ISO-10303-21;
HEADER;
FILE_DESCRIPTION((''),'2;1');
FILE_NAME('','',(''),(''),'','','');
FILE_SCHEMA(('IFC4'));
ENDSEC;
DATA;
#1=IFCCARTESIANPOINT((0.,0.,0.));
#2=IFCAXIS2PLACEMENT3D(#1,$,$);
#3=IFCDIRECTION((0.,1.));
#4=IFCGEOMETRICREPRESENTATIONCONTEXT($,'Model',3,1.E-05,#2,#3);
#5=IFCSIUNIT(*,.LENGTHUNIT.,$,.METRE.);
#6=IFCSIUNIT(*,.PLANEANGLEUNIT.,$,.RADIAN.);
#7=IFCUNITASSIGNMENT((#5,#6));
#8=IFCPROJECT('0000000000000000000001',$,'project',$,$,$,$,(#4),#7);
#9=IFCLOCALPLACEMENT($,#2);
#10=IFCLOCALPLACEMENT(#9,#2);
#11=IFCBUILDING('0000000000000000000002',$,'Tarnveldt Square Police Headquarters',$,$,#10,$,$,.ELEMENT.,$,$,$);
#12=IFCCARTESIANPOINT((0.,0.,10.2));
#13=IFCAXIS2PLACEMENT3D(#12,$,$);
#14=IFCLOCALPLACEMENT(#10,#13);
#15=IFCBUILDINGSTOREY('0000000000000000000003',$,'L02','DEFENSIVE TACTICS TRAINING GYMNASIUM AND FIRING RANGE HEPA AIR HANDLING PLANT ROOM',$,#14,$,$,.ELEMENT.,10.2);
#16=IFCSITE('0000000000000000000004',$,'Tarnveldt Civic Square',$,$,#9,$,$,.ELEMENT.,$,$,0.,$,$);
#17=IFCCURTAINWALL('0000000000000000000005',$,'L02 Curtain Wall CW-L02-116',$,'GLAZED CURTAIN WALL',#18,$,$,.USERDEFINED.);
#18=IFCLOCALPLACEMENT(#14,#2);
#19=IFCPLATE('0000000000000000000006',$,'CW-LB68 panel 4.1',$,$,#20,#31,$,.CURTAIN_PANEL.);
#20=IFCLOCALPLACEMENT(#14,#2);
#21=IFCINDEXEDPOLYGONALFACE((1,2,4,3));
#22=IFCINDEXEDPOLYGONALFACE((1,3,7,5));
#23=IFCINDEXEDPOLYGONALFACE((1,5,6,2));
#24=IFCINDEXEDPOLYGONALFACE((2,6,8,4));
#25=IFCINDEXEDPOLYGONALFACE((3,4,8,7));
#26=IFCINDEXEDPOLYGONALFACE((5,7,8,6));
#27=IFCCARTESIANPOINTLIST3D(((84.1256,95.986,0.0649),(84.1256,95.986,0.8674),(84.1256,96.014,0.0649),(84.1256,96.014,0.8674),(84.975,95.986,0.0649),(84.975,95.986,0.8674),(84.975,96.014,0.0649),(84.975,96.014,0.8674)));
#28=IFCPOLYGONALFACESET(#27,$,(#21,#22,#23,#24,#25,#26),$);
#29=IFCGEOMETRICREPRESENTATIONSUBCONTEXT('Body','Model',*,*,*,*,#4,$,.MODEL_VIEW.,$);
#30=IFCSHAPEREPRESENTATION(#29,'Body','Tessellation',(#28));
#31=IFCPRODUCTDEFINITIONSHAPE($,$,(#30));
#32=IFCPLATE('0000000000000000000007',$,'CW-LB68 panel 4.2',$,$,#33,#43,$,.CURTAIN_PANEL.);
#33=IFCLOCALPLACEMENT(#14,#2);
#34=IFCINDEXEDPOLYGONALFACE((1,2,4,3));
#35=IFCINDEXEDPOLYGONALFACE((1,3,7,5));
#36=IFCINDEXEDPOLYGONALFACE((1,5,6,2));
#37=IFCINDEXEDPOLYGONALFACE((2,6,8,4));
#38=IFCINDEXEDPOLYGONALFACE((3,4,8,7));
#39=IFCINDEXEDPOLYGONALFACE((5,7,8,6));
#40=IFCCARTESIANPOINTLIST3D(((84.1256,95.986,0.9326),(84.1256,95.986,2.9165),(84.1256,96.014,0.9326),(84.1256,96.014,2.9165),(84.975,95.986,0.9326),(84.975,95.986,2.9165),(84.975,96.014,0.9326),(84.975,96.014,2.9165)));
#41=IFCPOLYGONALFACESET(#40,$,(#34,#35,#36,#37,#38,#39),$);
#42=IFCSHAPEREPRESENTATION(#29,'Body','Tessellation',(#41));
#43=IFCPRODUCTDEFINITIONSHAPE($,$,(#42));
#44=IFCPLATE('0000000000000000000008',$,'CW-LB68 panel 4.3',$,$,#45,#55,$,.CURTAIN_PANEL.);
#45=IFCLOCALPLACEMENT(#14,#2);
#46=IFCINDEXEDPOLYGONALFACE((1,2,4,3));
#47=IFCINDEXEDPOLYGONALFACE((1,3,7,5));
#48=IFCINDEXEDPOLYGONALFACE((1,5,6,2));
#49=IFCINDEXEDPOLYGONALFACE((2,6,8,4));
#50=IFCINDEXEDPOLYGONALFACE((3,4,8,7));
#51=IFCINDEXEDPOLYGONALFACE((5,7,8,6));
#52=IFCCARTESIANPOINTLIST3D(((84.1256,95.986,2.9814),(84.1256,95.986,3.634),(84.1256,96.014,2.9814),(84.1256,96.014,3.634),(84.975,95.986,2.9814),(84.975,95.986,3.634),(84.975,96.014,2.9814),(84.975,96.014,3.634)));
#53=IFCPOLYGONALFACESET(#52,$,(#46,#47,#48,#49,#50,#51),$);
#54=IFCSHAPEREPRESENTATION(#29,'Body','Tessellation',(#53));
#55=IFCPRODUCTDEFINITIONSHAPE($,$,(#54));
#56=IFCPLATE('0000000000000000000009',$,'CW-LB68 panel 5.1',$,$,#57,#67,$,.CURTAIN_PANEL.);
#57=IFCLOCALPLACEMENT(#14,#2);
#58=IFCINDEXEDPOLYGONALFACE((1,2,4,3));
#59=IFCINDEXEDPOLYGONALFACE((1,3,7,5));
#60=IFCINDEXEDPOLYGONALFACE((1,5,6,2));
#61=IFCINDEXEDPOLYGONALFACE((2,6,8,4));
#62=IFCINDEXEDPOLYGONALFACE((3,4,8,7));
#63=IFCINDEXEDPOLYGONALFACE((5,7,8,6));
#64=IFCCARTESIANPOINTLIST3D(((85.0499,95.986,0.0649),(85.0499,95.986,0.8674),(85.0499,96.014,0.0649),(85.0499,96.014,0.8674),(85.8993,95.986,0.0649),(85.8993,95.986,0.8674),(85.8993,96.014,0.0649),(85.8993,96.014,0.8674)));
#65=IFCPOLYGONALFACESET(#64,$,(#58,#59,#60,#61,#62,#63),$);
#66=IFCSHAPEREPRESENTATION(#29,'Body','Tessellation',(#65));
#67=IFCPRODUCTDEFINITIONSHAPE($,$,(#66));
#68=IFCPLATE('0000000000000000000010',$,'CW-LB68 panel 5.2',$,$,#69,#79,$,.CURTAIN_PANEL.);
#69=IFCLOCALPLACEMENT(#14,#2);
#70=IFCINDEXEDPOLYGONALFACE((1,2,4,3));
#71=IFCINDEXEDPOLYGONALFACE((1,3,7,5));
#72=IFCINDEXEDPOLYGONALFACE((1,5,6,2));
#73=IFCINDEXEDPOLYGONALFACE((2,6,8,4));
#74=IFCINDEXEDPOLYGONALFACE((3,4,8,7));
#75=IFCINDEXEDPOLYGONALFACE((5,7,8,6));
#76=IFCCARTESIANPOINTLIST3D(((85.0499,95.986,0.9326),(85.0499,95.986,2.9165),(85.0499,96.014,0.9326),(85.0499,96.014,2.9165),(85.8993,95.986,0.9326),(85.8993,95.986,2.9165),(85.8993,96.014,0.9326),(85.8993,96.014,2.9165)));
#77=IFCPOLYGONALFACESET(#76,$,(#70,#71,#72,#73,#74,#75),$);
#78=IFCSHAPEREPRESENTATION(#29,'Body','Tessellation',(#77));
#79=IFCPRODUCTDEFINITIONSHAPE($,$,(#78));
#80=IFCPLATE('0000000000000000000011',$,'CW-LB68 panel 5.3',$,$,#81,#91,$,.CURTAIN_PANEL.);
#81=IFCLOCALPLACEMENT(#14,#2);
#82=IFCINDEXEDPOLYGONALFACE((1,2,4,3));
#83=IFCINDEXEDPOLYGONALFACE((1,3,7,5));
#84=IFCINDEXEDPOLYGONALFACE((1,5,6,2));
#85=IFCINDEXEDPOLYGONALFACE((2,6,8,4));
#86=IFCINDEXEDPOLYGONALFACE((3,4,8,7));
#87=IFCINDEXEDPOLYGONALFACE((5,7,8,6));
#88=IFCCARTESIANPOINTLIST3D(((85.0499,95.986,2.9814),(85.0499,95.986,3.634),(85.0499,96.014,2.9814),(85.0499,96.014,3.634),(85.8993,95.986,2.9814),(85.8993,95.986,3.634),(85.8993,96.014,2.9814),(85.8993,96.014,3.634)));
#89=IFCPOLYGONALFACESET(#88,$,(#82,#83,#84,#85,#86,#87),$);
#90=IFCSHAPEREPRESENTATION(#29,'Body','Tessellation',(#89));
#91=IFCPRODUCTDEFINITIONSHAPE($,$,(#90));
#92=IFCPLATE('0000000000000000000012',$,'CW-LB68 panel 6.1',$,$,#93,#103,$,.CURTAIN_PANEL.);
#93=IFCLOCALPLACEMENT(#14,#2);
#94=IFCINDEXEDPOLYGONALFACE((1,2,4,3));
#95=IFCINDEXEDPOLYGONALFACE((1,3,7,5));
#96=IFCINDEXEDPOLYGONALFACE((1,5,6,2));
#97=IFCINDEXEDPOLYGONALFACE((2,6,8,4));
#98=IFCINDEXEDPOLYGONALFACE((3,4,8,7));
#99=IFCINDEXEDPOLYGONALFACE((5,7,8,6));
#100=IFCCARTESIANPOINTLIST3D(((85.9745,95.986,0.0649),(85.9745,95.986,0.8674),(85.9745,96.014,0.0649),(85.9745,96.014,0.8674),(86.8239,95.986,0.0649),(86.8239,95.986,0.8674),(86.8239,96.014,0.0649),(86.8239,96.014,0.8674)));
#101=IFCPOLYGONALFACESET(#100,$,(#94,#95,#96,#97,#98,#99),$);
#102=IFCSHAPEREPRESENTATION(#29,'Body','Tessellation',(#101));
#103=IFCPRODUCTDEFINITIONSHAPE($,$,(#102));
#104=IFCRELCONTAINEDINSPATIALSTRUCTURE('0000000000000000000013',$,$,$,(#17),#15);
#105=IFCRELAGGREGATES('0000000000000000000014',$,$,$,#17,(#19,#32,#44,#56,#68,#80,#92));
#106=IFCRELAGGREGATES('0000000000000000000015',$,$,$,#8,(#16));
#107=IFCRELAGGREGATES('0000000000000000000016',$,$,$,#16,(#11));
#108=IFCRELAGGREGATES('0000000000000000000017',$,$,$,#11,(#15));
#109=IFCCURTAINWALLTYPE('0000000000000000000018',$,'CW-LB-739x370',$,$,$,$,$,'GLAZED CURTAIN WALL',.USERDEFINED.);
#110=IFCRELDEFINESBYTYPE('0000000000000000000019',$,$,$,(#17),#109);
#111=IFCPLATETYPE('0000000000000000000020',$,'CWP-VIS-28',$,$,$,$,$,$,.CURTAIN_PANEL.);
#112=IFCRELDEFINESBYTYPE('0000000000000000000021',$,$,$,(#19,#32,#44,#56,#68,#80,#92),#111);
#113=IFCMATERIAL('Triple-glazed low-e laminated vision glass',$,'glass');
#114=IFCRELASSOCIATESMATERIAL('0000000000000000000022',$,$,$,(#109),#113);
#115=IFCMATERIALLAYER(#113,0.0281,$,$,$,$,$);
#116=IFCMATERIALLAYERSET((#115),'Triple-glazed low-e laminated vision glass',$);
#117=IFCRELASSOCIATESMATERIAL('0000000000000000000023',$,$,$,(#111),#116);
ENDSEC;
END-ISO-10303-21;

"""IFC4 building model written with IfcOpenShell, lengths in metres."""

from ifc_helpers import new_model, si_unit, direction, frame, origin, origin_2d, place, context, subcontext, project, spatial, rectangle, extrude, material, layer, layer_set, type_object, element, aggregate, save


model = new_model("IFC4")

# Units and contexts
model_context = context("Model", 3, precision=1e-05, world=origin(), true_north=direction((0.0, 1.0)))
body_context = subcontext(model_context, "Body", "Model", "MODEL_VIEW")
ifc_project = project(units=[si_unit("LENGTHUNIT", "METRE"), si_unit("PLANEANGLEUNIT", "RADIAN")], contexts=[model_context])

# Site, building, storey
site_placement = place(None, origin())
site = spatial("IfcSite", under=ifc_project, at=site_placement, Name="Tarnveldt Civic Square", CompositionType="ELEMENT", RefElevation=0.0)
building_placement = place(site_placement, origin())
building = spatial("IfcBuilding", under=site, at=building_placement, Name="Tarnveldt Square Police Headquarters", CompositionType="ELEMENT")
storey_placement = place(building_placement, frame((0.0, 0.0, 10.2)))
storey = spatial("IfcBuildingStorey", under=building, at=storey_placement, Name="L02", Description="DEFENSIVE TACTICS TRAINING GYMNASIUM AND FIRING RANGE HEPA AIR HANDLING PLANT ROOM", CompositionType="ELEMENT", Elevation=10.2)

# Curtain wall, plates
ifc_material_1 = material(Name="Triple-glazed low-e laminated vision glass", Category="glass")
curtain_wall_type = type_object("IfcCurtainWallType", Name="CW-LB-739x370", ElementType="GLAZED CURTAIN WALL", PredefinedType="USERDEFINED", material=ifc_material_1)
curtain_wall_placement = place(storey_placement, origin())
curtain_wall = element("IfcCurtainWall", 1, at=curtain_wall_placement, inside=storey, type_object=curtain_wall_type, Name="L02 Curtain Wall CW-L02-116", ObjectType="GLAZED CURTAIN WALL", PredefinedType="USERDEFINED")
ifc_layer = layer(ifc_material_1, 0.0281)
ifc_layer_set = layer_set([ifc_layer], Name="Triple-glazed low-e laminated vision glass")
plate_type = type_object("IfcPlateType", Name="CWP-VIS-28", PredefinedType="CURTAIN_PANEL", material=ifc_layer_set)
plate_1_placement = place(storey_placement, frame((84.5503, 96.0, 0.0649), z_axis=(0.0, 0.0, 1.0), x_axis=(1.0, 0.0, 0.0)))
plate_1 = element("IfcPlate", 2, at=plate_1_placement, type_object=plate_type, Name="CW-LB68 panel 4.1", PredefinedType="CURTAIN_PANEL", context=body_context, shape_type="SweptSolid", body=[
    extrude(rectangle(XDim=0.8494, YDim=0.0281, at=origin_2d()), origin(), (0.0, 0.0, 1.0), 0.8025),
])
plate_2_placement = place(storey_placement, frame((84.5503, 96.0, 0.9326), z_axis=(0.0, 0.0, 1.0), x_axis=(1.0, 0.0, 0.0)))
plate_2 = element("IfcPlate", 3, at=plate_2_placement, type_object=plate_type, Name="CW-LB68 panel 4.2", PredefinedType="CURTAIN_PANEL", context=body_context, shape_type="SweptSolid", body=[
    extrude(rectangle(XDim=0.8494, YDim=0.0281, at=origin_2d()), origin(), (0.0, 0.0, 1.0), 1.9839),
])
plate_3_placement = place(storey_placement, frame((84.5503, 96.0, 2.9814), z_axis=(0.0, 0.0, 1.0), x_axis=(1.0, 0.0, 0.0)))
plate_3 = element("IfcPlate", 4, at=plate_3_placement, type_object=plate_type, Name="CW-LB68 panel 4.3", PredefinedType="CURTAIN_PANEL", context=body_context, shape_type="SweptSolid", body=[
    extrude(rectangle(XDim=0.8494, YDim=0.0281, at=origin_2d()), origin(), (0.0, 0.0, 1.0), 0.6526),
])
plate_4_placement = place(storey_placement, frame((85.4746, 96.0, 0.0649), z_axis=(0.0, 0.0, 1.0), x_axis=(1.0, 0.0, 0.0)))
plate_4 = element("IfcPlate", 5, at=plate_4_placement, type_object=plate_type, Name="CW-LB68 panel 5.1", PredefinedType="CURTAIN_PANEL", context=body_context, shape_type="SweptSolid", body=[
    extrude(rectangle(XDim=0.8494, YDim=0.0281, at=origin_2d()), origin(), (0.0, 0.0, 1.0), 0.8025),
])
plate_5_placement = place(storey_placement, frame((85.4746, 96.0, 0.9326), z_axis=(0.0, 0.0, 1.0), x_axis=(1.0, 0.0, 0.0)))
plate_5 = element("IfcPlate", 6, at=plate_5_placement, type_object=plate_type, Name="CW-LB68 panel 5.2", PredefinedType="CURTAIN_PANEL", context=body_context, shape_type="SweptSolid", body=[
    extrude(rectangle(XDim=0.8494, YDim=0.0281, at=origin_2d()), origin(), (0.0, 0.0, 1.0), 1.9839),
])
plate_6_placement = place(storey_placement, frame((85.4746, 96.0, 2.9814), z_axis=(0.0, 0.0, 1.0), x_axis=(1.0, 0.0, 0.0)))
plate_6 = element("IfcPlate", 7, at=plate_6_placement, type_object=plate_type, Name="CW-LB68 panel 5.3", PredefinedType="CURTAIN_PANEL", context=body_context, shape_type="SweptSolid", body=[
    extrude(rectangle(XDim=0.8494, YDim=0.0281, at=origin_2d()), origin(), (0.0, 0.0, 1.0), 0.6526),
])
plate_7_placement = place(storey_placement, frame((86.3992, 96.0, 0.0649), z_axis=(0.0, 0.0, 1.0), x_axis=(1.0, 0.0, 0.0)))
plate_7 = element("IfcPlate", 8, at=plate_7_placement, type_object=plate_type, Name="CW-LB68 panel 6.1", PredefinedType="CURTAIN_PANEL", context=body_context, shape_type="SweptSolid", body=[
    extrude(rectangle(XDim=0.8494, YDim=0.0281, at=origin_2d()), origin(), (0.0, 0.0, 1.0), 0.8025),
])
aggregate(curtain_wall, [plate_1, plate_2, plate_3, plate_4, plate_5, plate_6, plate_7])

save(model, "model.ifc")
